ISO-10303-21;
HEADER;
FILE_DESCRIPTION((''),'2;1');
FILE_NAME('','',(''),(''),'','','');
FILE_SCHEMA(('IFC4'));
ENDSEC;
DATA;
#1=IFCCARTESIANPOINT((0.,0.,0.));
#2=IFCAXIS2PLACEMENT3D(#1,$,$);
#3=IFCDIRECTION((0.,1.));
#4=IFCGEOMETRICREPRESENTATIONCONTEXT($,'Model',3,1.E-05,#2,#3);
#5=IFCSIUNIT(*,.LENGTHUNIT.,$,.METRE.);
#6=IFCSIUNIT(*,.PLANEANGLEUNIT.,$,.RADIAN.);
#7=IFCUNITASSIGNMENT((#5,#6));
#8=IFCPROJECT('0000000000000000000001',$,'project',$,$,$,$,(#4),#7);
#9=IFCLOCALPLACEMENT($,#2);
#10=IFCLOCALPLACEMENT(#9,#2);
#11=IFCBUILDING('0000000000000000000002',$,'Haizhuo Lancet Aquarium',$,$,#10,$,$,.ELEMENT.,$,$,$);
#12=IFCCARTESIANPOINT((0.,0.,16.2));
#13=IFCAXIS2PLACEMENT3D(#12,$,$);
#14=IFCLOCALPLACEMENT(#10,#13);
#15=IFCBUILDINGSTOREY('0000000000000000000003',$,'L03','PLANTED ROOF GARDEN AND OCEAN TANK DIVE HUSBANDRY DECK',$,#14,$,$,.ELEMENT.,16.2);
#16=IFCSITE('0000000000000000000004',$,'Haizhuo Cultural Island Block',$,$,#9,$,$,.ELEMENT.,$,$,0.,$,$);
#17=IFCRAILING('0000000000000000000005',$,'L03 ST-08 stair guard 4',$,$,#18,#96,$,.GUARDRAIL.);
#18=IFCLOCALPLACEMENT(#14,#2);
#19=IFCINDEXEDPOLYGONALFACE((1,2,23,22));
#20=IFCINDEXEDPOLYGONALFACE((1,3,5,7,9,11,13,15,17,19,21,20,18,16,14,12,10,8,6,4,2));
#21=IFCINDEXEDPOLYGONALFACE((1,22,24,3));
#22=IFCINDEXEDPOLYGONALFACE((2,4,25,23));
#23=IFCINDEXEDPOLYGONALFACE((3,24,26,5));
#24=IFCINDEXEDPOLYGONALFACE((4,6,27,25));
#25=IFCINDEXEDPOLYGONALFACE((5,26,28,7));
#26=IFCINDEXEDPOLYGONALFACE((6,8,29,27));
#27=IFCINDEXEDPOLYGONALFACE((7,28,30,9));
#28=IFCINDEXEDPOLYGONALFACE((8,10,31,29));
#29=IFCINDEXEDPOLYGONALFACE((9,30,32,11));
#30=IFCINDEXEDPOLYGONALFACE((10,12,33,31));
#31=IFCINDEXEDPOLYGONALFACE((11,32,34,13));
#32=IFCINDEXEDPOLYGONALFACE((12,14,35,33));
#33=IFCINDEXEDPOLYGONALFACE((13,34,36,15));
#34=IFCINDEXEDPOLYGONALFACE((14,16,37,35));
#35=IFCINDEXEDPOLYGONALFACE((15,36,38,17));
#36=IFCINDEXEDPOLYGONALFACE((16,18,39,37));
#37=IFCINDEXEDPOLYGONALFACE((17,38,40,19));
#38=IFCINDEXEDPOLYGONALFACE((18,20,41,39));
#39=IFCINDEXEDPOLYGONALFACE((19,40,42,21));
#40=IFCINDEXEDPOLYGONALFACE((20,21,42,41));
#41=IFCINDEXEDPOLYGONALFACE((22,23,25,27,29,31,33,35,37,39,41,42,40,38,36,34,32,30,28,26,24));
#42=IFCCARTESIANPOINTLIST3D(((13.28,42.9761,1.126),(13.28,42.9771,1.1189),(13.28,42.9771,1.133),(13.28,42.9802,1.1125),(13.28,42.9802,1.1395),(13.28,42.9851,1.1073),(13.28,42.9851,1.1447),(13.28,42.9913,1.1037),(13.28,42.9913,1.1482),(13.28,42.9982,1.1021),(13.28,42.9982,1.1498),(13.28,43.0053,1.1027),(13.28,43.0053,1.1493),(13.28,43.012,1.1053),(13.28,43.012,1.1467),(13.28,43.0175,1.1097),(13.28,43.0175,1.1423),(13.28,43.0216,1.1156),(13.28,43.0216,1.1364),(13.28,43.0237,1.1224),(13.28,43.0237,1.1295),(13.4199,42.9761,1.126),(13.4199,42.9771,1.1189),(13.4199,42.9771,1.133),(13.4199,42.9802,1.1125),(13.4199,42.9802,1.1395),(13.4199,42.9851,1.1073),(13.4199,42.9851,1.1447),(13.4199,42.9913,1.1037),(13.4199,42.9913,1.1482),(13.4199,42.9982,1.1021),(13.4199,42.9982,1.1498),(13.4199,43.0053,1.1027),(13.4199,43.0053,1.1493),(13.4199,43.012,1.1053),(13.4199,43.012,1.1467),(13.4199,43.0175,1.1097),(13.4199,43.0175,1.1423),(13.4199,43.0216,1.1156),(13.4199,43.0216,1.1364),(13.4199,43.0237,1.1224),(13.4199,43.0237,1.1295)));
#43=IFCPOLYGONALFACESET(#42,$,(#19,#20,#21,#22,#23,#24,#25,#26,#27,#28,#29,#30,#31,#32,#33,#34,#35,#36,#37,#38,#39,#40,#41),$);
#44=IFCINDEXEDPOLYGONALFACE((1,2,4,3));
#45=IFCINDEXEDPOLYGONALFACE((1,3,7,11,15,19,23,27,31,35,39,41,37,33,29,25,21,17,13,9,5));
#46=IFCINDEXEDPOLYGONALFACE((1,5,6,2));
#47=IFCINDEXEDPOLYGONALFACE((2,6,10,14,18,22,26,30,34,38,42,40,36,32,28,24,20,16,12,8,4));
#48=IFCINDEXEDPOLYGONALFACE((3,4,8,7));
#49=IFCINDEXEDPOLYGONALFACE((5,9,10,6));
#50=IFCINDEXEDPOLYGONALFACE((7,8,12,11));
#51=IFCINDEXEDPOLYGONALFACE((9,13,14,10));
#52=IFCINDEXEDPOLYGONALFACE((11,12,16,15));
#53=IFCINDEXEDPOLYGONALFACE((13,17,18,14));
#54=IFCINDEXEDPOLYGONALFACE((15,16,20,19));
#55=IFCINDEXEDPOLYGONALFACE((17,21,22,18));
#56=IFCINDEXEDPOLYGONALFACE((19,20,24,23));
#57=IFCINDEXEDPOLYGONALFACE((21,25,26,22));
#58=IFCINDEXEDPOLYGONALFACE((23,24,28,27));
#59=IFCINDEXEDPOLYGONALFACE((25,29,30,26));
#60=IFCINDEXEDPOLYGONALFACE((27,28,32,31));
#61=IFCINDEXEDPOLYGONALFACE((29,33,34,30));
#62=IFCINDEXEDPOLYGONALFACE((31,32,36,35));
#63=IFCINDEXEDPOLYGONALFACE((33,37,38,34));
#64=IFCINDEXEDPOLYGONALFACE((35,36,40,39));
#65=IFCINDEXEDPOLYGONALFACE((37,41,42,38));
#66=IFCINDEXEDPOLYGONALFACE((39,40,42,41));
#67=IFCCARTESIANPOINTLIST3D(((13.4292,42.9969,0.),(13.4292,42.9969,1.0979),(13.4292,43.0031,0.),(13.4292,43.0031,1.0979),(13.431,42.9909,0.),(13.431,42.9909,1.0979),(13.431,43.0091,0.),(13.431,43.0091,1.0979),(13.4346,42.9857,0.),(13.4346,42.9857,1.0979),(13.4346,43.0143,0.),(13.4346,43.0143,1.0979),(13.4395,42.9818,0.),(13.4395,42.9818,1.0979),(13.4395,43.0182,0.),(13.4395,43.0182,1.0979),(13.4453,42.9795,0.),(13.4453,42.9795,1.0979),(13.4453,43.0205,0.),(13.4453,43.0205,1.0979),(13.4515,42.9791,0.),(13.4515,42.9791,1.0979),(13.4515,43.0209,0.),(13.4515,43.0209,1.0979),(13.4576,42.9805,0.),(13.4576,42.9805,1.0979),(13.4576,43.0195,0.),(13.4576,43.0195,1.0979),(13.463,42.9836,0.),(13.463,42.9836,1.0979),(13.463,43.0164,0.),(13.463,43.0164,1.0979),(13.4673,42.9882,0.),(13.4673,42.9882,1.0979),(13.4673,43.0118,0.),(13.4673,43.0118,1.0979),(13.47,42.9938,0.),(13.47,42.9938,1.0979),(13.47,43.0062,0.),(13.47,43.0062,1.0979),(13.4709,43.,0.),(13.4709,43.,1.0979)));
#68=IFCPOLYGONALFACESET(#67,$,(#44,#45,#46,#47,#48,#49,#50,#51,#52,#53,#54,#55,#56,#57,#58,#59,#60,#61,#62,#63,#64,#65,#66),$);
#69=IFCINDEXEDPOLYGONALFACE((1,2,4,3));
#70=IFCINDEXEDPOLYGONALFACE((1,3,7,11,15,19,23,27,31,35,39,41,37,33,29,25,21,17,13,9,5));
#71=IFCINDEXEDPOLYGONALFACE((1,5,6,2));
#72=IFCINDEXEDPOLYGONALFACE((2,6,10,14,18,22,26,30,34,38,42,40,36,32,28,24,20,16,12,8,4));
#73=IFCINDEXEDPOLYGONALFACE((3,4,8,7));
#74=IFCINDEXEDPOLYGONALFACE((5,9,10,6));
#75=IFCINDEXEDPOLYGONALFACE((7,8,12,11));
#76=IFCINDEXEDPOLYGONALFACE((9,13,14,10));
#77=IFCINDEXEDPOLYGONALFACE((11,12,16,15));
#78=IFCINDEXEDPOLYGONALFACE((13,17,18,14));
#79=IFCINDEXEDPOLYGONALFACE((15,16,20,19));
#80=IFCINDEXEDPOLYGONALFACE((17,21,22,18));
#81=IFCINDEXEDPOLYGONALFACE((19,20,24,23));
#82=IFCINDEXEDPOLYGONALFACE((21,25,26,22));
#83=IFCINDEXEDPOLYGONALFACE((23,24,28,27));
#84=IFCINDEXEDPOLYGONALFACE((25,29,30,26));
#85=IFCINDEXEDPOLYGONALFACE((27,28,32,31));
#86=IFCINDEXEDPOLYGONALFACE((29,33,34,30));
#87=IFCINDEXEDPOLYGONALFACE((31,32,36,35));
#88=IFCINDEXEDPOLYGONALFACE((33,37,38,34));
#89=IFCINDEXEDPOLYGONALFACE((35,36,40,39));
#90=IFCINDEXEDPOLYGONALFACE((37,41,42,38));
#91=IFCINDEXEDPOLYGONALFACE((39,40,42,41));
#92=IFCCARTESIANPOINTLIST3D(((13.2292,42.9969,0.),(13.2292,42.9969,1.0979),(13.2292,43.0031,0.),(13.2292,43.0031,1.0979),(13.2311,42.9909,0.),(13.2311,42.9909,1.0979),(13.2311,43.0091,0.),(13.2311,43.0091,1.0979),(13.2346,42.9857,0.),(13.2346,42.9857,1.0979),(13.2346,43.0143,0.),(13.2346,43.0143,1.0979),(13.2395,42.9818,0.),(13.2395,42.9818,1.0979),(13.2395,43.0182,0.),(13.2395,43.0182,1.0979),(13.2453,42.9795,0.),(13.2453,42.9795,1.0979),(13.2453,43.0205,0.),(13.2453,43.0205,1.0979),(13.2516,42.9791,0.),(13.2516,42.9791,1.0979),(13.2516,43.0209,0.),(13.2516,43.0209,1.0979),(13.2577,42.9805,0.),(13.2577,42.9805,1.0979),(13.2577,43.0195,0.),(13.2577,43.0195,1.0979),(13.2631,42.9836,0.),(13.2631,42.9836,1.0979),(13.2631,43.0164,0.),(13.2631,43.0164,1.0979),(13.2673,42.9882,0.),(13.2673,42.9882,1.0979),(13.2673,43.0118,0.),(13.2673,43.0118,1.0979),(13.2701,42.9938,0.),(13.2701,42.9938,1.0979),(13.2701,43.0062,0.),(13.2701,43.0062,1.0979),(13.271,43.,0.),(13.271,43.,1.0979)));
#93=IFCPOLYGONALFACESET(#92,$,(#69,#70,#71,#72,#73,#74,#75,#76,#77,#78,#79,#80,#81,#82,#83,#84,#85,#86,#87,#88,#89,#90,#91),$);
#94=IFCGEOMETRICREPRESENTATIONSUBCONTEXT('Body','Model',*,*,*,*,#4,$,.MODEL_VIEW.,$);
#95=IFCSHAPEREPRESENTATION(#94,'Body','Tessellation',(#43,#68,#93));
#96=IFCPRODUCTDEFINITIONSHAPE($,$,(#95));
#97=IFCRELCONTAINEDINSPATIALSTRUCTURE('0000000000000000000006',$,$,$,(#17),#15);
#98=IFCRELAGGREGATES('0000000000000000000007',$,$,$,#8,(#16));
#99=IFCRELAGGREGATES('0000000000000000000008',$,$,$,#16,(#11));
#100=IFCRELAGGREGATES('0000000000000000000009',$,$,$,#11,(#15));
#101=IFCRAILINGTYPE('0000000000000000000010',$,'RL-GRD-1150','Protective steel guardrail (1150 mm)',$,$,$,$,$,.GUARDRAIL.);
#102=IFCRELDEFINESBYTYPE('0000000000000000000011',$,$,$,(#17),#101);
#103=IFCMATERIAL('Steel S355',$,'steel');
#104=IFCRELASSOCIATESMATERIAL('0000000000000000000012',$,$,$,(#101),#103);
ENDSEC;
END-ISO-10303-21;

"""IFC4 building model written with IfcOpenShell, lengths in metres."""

from ifc_helpers import new_model, si_unit, direction, frame, origin, origin_2d, place, context, subcontext, project, spatial, circle, extrude, material, type_object, element, save


model = new_model("IFC4")

# Units and contexts
model_context = context("Model", 3, precision=1e-05, world=origin(), true_north=direction((0.0, 1.0)))
body_context = subcontext(model_context, "Body", "Model", "MODEL_VIEW")
ifc_project = project(units=[si_unit("LENGTHUNIT", "METRE"), si_unit("PLANEANGLEUNIT", "RADIAN")], contexts=[model_context])

# Site, building, storey
site_placement = place(None, origin())
site = spatial("IfcSite", under=ifc_project, at=site_placement, Name="Haizhuo Cultural Island Block", CompositionType="ELEMENT", RefElevation=0.0)
building_placement = place(site_placement, origin())
building = spatial("IfcBuilding", under=site, at=building_placement, Name="Haizhuo Lancet Aquarium", CompositionType="ELEMENT")
storey_placement = place(building_placement, frame((0.0, 0.0, 16.2)))
storey = spatial("IfcBuildingStorey", under=building, at=storey_placement, Name="L03", Description="PLANTED ROOF GARDEN AND OCEAN TANK DIVE HUSBANDRY DECK", CompositionType="ELEMENT", Elevation=16.2)

# Shared definitions
ifc_material_1 = material(Name="Steel S355", Category="steel")

# Railing
railing_type_1 = type_object("IfcRailingType", Name="RL-GRD-1150", Description="Protective steel guardrail (1150 mm)", PredefinedType="GUARDRAIL", material=ifc_material_1)
railing_1_placement = place(storey_placement, frame((13.45, 43.0, 0.0)))
element("IfcRailing", 1, at=railing_1_placement, inside=storey, type_object=railing_type_1, Name="L03 ST-08 stair guard 4", PredefinedType="GUARDRAIL", context=body_context, shape_type="SweptSolid", body=[
    extrude(circle(Radius=0.0239, at=origin_2d()), frame((-0.03, 0.0, 1.126), z_axis=(-1.0, 0.0, 0.0), x_axis=(0.0, -1.0, 0.0)), (0.0, 0.0, 1.0), 0.1399),
    extrude(circle(Radius=0.021, at=origin_2d()), origin(), (0.0, 0.0, 1.0), 1.0979),
    extrude(circle(Radius=0.021, at=origin_2d()), frame((-0.2, 0.0, 0.0)), (0.0, 0.0, 1.0), 1.0979),
])

save(model, "model.ifc")
